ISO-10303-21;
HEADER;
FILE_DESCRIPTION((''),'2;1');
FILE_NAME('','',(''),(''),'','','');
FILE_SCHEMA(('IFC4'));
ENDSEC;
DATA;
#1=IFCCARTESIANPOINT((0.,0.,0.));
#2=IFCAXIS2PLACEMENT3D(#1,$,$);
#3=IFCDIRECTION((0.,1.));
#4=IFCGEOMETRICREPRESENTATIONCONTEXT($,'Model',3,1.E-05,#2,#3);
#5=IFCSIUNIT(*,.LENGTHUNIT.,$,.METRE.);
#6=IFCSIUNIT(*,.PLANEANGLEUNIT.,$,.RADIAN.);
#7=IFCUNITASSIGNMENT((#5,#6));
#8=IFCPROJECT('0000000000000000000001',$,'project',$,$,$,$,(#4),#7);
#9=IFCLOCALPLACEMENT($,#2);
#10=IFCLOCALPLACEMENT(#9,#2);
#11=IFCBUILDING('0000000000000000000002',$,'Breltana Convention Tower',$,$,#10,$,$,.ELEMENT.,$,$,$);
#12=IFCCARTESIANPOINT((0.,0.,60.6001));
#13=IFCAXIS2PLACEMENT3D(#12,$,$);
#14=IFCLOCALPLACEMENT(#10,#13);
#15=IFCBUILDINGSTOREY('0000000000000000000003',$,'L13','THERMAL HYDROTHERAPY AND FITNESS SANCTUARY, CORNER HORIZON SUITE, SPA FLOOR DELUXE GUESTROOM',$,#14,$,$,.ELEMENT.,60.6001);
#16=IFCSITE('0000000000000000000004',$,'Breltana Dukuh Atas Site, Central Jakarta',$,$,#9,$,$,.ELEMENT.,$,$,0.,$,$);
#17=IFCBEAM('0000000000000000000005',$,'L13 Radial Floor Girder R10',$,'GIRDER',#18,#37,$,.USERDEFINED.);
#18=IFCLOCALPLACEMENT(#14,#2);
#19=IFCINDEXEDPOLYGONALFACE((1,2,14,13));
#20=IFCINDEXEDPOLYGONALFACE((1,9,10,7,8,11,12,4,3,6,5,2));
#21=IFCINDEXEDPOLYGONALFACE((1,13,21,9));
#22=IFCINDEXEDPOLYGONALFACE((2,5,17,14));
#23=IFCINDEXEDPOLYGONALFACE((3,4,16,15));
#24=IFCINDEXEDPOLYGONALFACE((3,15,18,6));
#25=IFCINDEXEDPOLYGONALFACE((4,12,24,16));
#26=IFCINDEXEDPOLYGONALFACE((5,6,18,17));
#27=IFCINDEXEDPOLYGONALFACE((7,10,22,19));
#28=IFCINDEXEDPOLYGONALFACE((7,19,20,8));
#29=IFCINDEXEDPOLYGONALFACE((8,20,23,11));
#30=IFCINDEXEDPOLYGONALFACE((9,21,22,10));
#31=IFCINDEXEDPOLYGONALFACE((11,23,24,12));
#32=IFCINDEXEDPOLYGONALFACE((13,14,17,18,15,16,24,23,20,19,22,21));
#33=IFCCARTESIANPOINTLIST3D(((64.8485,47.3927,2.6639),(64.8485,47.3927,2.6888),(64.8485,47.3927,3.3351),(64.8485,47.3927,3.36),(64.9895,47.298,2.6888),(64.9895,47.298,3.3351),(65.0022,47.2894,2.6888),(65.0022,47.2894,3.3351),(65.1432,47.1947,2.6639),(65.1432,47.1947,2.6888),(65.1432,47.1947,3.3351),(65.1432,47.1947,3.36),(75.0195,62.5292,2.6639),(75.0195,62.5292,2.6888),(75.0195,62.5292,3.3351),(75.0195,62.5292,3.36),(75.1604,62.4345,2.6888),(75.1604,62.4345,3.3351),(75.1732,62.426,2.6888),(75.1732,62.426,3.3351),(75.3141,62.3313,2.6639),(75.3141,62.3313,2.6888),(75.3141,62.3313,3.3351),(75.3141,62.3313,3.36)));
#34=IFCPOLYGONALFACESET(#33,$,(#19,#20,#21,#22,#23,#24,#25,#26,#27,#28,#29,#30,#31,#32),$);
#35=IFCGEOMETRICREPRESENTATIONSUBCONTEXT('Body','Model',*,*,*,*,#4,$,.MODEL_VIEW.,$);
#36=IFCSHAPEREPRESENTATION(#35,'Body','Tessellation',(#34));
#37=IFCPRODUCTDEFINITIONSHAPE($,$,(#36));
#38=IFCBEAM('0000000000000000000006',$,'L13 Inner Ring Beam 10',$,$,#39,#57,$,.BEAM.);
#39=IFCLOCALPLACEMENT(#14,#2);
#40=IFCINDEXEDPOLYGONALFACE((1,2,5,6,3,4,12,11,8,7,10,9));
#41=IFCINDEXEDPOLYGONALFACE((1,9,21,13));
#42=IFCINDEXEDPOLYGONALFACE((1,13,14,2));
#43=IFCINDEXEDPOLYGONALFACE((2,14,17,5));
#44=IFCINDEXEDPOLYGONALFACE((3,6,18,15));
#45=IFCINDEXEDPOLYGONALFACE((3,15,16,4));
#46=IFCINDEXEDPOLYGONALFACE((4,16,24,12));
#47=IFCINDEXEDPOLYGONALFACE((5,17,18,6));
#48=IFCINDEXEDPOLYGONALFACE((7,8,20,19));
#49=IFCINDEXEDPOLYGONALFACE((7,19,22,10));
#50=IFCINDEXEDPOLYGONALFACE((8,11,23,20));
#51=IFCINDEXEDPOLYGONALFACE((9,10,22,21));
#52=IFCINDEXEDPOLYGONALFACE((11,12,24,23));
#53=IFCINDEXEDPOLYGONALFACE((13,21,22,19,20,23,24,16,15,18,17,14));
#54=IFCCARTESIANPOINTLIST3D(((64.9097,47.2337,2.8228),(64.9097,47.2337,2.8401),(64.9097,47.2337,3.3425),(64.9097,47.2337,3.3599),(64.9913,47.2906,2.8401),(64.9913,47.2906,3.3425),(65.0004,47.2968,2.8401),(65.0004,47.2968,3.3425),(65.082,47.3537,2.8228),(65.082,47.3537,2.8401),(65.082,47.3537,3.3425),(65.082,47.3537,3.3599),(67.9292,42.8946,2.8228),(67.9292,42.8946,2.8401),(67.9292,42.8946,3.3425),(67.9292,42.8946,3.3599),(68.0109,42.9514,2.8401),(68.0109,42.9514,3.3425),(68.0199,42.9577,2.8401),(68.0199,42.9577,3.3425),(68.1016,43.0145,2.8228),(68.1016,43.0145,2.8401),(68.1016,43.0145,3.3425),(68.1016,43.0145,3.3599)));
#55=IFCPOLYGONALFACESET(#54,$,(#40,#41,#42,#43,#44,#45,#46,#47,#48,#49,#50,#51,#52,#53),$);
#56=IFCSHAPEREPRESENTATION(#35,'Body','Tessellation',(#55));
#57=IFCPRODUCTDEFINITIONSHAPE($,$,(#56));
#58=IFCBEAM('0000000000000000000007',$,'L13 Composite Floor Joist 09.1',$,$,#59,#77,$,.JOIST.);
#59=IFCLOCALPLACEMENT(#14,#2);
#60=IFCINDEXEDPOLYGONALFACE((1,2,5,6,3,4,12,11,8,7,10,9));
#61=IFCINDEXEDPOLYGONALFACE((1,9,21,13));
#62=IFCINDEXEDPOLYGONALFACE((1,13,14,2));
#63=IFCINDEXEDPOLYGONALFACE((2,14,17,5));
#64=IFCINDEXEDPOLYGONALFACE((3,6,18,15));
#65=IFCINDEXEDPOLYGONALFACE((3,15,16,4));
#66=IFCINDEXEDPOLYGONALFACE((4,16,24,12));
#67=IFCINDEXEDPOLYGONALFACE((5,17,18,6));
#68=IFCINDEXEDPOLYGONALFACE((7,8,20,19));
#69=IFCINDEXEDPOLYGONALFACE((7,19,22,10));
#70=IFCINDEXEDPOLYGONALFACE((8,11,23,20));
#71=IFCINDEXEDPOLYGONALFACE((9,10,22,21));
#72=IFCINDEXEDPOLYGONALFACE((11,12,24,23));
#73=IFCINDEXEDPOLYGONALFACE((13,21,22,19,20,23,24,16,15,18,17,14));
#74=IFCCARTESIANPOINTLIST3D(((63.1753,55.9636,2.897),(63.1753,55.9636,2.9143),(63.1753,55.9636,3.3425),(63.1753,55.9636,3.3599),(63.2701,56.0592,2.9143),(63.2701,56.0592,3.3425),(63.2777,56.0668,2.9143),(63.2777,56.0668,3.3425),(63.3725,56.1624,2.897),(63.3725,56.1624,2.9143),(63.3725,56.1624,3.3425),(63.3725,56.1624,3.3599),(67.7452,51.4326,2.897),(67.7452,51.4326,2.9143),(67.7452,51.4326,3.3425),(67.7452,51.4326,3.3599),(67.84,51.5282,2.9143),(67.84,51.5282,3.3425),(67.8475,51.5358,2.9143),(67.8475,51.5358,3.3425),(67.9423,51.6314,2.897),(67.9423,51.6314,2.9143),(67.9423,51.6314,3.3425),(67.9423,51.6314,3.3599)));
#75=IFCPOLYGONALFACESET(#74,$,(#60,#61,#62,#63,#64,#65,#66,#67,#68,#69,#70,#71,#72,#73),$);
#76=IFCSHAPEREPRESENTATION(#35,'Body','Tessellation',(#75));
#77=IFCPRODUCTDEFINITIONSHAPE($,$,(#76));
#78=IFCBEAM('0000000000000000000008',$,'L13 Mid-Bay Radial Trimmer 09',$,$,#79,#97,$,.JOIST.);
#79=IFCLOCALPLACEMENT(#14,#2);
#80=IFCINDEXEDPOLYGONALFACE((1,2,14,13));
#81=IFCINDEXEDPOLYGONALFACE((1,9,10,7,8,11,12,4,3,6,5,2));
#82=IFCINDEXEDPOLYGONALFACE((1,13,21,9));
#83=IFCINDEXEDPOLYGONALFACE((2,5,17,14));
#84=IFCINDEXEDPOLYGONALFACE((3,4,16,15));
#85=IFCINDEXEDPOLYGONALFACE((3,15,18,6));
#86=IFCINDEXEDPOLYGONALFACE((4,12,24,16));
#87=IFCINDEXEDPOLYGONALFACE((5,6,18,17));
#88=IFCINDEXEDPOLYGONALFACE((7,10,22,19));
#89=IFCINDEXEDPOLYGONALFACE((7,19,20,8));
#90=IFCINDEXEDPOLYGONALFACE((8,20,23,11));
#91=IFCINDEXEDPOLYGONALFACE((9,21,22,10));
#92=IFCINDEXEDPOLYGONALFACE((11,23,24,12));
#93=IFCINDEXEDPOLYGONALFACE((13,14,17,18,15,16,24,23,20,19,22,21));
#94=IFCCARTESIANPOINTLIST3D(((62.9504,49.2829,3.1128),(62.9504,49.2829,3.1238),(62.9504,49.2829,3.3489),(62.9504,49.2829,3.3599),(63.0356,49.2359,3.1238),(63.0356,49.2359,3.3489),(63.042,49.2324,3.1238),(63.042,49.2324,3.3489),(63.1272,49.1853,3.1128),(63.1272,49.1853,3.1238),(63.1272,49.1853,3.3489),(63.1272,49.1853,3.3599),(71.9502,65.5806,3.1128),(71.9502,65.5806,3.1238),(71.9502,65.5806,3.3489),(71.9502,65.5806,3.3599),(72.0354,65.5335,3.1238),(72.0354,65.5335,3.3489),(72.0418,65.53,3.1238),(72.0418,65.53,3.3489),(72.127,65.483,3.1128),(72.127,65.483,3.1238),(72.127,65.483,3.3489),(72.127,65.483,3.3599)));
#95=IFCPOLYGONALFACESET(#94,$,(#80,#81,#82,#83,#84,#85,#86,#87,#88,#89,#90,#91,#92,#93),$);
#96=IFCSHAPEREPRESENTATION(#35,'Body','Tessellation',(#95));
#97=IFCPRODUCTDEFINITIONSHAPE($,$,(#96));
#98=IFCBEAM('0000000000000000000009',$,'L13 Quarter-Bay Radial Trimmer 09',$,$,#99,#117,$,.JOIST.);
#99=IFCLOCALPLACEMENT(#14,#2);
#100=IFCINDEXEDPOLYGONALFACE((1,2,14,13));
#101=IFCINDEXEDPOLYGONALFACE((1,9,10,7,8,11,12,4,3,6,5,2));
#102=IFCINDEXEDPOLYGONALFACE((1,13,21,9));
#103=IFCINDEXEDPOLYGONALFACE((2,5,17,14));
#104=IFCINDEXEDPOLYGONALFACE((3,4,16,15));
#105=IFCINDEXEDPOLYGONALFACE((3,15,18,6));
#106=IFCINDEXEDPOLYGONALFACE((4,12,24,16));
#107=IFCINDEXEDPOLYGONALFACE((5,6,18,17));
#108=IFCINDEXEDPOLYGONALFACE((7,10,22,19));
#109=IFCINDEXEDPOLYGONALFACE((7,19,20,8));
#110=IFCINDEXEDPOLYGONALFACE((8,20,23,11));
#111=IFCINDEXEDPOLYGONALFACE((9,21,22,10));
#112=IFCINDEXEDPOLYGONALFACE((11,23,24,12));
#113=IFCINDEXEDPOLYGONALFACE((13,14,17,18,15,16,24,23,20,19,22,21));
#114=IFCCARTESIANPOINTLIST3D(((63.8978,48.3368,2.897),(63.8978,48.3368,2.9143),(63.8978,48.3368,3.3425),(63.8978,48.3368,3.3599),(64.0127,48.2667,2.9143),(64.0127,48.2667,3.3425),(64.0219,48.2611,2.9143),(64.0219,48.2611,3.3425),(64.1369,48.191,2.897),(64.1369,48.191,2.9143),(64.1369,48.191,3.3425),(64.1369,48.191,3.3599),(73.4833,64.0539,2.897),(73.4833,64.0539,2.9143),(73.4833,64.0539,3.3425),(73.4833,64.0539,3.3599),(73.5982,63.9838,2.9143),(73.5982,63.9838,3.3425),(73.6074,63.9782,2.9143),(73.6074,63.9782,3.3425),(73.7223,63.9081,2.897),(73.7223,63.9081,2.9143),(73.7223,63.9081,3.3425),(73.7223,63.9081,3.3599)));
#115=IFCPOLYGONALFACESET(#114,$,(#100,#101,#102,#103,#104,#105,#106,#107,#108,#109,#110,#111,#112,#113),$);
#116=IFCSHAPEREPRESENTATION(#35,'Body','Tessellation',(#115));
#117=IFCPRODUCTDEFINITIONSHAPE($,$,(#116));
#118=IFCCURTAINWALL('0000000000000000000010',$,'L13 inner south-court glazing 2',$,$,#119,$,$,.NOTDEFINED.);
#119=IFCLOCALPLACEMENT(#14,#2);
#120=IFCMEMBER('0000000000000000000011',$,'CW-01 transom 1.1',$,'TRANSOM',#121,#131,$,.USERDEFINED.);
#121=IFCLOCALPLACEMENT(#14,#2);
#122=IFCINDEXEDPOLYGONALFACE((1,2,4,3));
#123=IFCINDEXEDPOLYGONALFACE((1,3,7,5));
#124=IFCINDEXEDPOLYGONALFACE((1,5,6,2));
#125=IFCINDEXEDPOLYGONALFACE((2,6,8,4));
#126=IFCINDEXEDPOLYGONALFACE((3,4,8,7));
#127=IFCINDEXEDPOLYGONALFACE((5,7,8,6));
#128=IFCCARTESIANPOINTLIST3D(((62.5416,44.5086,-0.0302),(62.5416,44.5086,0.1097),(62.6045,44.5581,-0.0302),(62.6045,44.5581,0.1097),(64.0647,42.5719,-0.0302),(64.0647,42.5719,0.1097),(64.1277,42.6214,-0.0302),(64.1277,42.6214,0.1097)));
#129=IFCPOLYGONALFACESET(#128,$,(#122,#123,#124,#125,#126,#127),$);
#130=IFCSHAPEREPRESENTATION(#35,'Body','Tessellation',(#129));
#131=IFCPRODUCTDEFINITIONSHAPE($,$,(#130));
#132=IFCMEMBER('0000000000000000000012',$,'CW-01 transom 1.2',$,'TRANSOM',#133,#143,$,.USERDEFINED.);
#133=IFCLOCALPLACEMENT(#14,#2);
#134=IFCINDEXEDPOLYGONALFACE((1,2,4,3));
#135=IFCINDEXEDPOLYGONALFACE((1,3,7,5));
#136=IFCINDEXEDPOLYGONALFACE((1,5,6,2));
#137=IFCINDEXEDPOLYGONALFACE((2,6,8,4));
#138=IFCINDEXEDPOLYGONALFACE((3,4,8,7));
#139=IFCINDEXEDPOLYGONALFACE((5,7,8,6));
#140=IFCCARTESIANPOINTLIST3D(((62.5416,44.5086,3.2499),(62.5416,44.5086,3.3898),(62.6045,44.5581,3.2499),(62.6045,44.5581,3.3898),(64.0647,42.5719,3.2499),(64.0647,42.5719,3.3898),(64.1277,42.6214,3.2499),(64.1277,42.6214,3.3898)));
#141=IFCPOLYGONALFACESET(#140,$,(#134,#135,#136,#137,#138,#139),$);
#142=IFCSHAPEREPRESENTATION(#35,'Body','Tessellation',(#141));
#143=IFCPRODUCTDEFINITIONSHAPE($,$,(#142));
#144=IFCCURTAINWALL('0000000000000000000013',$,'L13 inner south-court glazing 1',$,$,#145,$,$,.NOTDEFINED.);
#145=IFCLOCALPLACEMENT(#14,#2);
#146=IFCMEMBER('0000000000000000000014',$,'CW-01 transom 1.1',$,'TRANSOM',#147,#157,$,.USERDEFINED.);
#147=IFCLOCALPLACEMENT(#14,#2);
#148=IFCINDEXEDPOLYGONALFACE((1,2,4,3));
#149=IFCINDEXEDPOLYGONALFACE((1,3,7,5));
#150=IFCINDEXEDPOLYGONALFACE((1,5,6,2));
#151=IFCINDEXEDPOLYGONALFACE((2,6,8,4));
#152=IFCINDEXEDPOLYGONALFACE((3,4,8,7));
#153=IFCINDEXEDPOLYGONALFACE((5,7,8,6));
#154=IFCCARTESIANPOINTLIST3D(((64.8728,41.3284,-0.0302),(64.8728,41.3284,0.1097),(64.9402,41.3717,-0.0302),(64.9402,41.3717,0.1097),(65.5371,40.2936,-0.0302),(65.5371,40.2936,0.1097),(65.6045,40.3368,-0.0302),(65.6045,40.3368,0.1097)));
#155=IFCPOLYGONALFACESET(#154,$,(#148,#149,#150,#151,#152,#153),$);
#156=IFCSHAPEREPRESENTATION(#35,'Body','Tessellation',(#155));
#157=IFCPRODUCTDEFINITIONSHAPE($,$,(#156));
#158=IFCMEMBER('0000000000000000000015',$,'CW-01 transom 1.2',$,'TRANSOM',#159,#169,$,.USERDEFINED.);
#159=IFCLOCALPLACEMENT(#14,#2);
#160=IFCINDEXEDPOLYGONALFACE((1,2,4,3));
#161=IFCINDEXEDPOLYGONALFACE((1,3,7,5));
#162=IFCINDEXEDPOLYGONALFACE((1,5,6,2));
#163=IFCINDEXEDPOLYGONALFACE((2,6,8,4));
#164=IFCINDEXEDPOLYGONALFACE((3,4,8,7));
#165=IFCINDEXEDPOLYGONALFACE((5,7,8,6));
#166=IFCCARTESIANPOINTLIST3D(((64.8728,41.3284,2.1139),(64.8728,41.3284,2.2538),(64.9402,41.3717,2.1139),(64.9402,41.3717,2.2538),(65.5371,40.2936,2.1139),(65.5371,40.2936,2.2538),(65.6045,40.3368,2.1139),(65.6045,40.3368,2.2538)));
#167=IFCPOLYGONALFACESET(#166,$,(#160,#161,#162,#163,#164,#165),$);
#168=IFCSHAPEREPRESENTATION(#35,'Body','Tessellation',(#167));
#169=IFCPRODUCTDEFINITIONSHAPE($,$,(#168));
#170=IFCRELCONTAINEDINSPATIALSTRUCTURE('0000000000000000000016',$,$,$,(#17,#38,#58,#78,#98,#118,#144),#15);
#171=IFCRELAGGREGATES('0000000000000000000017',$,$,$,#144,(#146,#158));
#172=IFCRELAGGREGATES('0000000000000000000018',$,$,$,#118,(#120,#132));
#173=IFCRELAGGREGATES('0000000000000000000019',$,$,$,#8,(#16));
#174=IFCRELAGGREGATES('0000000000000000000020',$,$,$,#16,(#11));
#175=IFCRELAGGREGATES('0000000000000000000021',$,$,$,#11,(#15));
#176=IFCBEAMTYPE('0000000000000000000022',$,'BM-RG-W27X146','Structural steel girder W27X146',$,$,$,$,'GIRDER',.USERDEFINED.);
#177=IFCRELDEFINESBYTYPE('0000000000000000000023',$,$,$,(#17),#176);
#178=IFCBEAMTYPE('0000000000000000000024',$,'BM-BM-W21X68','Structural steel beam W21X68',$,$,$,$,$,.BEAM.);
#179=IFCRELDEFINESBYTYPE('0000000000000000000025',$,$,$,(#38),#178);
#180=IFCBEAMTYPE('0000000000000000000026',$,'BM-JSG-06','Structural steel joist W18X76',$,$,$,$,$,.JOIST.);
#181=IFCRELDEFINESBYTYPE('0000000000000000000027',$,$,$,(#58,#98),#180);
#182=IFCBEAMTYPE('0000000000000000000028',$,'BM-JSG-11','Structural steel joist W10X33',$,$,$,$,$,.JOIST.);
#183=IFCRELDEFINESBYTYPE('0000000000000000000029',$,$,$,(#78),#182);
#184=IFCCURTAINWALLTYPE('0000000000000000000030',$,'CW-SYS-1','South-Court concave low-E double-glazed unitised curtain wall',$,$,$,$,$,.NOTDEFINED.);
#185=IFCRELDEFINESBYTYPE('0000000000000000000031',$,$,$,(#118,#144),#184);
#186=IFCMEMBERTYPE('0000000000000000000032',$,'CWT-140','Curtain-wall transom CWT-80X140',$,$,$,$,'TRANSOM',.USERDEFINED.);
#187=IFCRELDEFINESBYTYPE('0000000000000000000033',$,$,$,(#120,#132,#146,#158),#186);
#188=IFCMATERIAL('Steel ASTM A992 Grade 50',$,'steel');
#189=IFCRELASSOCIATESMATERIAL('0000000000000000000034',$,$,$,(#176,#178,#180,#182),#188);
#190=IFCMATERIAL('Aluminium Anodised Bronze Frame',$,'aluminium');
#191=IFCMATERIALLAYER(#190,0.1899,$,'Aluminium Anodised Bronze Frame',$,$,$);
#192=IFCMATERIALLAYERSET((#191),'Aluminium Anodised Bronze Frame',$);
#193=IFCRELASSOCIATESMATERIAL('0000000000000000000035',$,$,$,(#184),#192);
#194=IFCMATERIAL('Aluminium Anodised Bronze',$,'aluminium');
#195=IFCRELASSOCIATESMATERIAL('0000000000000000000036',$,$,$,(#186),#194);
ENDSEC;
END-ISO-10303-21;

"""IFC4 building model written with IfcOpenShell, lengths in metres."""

from ifc_helpers import new_model, si_unit, direction, frame, origin, origin_2d, place, context, subcontext, project, spatial, rectangle, i_section, extrude, source, transform, mapped, material, layer, layer_set, material_profile, profile_set, type_object, element, aggregate, save


model = new_model("IFC4")

# Units and contexts
model_context = context("Model", 3, precision=1e-05, world=origin(), true_north=direction((0.0, 1.0)))
body_context = subcontext(model_context, "Body", "Model", "MODEL_VIEW")
ifc_project = project(units=[si_unit("LENGTHUNIT", "METRE"), si_unit("PLANEANGLEUNIT", "RADIAN")], contexts=[model_context])

# Site, building, storey
site_placement = place(None, origin())
site = spatial("IfcSite", under=ifc_project, at=site_placement, Name="Breltana Dukuh Atas Site, Central Jakarta", CompositionType="ELEMENT", RefElevation=0.0)
building_placement = place(site_placement, origin())
building = spatial("IfcBuilding", under=site, at=building_placement, Name="Breltana Convention Tower", CompositionType="ELEMENT")
storey_placement = place(building_placement, frame((0.0, 0.0, 60.6001)))
storey = spatial("IfcBuildingStorey", under=building, at=storey_placement, Name="L13", Description="THERMAL HYDROTHERAPY AND FITNESS SANCTUARY, CORNER HORIZON SUITE, SPA FLOOR DELUXE GUESTROOM", CompositionType="ELEMENT", Elevation=60.6001)

# Beams
ifc_material_1 = material(Name="Steel ASTM A992 Grade 50", Category="steel")
ifc_material_profile_1 = material_profile(ifc_material_1, i_section(OverallWidth=0.355, OverallDepth=0.696, WebThickness=0.0154, FlangeThickness=0.0249, at=origin_2d()), Name="W27X146")
ifc_profile_set_1 = profile_set([ifc_material_profile_1], Name="Steel ASTM A992 Grade 50")
beam_type_1 = type_object("IfcBeamType", Name="BM-RG-W27X146", Description="Structural steel girder W27X146", ElementType="GIRDER", PredefinedType="USERDEFINED", material=ifc_profile_set_1)
shared_shape_1 = source(origin(), body_context, "Body", "SweptSolid", [
    extrude(i_section(OverallWidth=0.355, OverallDepth=0.696, WebThickness=0.0154, FlangeThickness=0.0249, at=origin_2d()), origin(), (0.0, 0.0, 1.0), 18.2363),
])
beam_1_placement = place(storey_placement, frame((64.9958, 47.2937, 3.012), z_axis=(0.55773, 0.830022, 0.0), x_axis=(-0.830022, 0.55773, 0.0)))
element("IfcBeam", 1, at=beam_1_placement, inside=storey, type_object=beam_type_1, Name="L13 Radial Floor Girder R10", ObjectType="GIRDER", PredefinedType="USERDEFINED", context=body_context, shape_type="MappedRepresentation", body=[
    mapped(shared_shape_1, transform((0.0, 0.0, 0.0), scale=1.0)),
])
ifc_material_profile_2 = material_profile(ifc_material_1, i_section(OverallWidth=0.21, OverallDepth=0.5371, WebThickness=0.011, FlangeThickness=0.0173, at=origin_2d()), Name="W21X68")
ifc_profile_set_2 = profile_set([ifc_material_profile_2], Name="Steel ASTM A992 Grade 50")
beam_type_2 = type_object("IfcBeamType", Name="BM-BM-W21X68", Description="Structural steel beam W21X68", PredefinedType="BEAM", material=ifc_profile_set_2)
shared_shape_2 = source(origin(), body_context, "Body", "SweptSolid", [
    extrude(i_section(OverallWidth=0.21, OverallDepth=0.5371, WebThickness=0.011, FlangeThickness=0.0173, at=origin_2d()), origin(), (0.0, 0.0, 1.0), 5.2864),
])
beam_2_placement = place(storey_placement, frame((64.9958, 47.2937, 3.0913), z_axis=(0.571194, -0.820815, 0.0), x_axis=(0.820815, 0.571194, 0.0)))
element("IfcBeam", 2, at=beam_2_placement, inside=storey, type_object=beam_type_2, Name="L13 Inner Ring Beam 10", PredefinedType="BEAM", context=body_context, shape_type="MappedRepresentation", body=[
    mapped(shared_shape_2, transform((0.0, 0.0, 0.0), scale=1.0)),
])
ifc_material_profile_3 = material_profile(ifc_material_1, i_section(OverallWidth=0.28, OverallDepth=0.4629, WebThickness=0.0107, FlangeThickness=0.0173, at=origin_2d()), Name="W18X76")
ifc_profile_set_3 = profile_set([ifc_material_profile_3], Name="Steel ASTM A992 Grade 50")
beam_type_3 = type_object("IfcBeamType", Name="BM-JSG-06", Description="Structural steel joist W18X76", PredefinedType="JOIST", material=ifc_profile_set_3)
shared_shape_3 = source(origin(), body_context, "Body", "SweptSolid", [
    extrude(i_section(OverallWidth=0.28, OverallDepth=0.4629, WebThickness=0.0107, FlangeThickness=0.0173, at=origin_2d()), origin(), (0.0, 0.0, 1.0), 6.4353),
])
beam_3_placement = place(storey_placement, frame((63.2739, 56.063, 3.1284), z_axis=(0.710116, -0.704084, 0.0), x_axis=(0.704084, 0.710116, 0.0)))
element("IfcBeam", 3, at=beam_3_placement, inside=storey, type_object=beam_type_3, Name="L13 Composite Floor Joist 09.1", PredefinedType="JOIST", context=body_context, shape_type="MappedRepresentation", body=[
    mapped(shared_shape_3, transform((0.0, 0.0, 0.0), scale=1.0)),
])
ifc_material_profile_4 = material_profile(ifc_material_1, i_section(OverallWidth=0.2019, OverallDepth=0.2471, WebThickness=0.0073, FlangeThickness=0.011, at=origin_2d()), Name="W10X33")
ifc_profile_set_4 = profile_set([ifc_material_profile_4], Name="Steel ASTM A992 Grade 50")
beam_type_4 = type_object("IfcBeamType", Name="BM-JSG-11", Description="Structural steel joist W10X33", PredefinedType="JOIST", material=ifc_profile_set_4)
shared_shape_4 = source(origin(), body_context, "Body", "SweptSolid", [
    extrude(i_section(OverallWidth=0.2019, OverallDepth=0.2471, WebThickness=0.0073, FlangeThickness=0.011, at=origin_2d()), origin(), (0.0, 0.0, 1.0), 18.6174),
])
beam_4_placement = place(storey_placement, frame((63.0388, 49.2341, 3.2363), z_axis=(0.483406, 0.875396, 0.0), x_axis=(-0.875396, 0.483406, 0.0)))
element("IfcBeam", 4, at=beam_4_placement, inside=storey, type_object=beam_type_4, Name="L13 Mid-Bay Radial Trimmer 09", PredefinedType="JOIST", context=body_context, shape_type="MappedRepresentation", body=[
    mapped(shared_shape_4, transform((0.0, 0.0, 0.0), scale=1.0)),
])
shared_shape_5 = source(origin(), body_context, "Body", "SweptSolid", [
    extrude(i_section(OverallWidth=0.28, OverallDepth=0.4629, WebThickness=0.0107, FlangeThickness=0.0173, at=origin_2d()), origin(), (0.0, 0.0, 1.0), 18.4094),
])
beam_5_placement = place(storey_placement, frame((64.0173, 48.2639, 3.1284), z_axis=(0.520682, 0.853751, 0.0), x_axis=(-0.853751, 0.520682, 0.0)))
element("IfcBeam", 5, at=beam_5_placement, inside=storey, type_object=beam_type_3, Name="L13 Quarter-Bay Radial Trimmer 09", PredefinedType="JOIST", context=body_context, shape_type="MappedRepresentation", body=[
    mapped(shared_shape_5, transform((0.0, 0.0, 0.0), scale=1.0)),
])

# Curtain walls, members
ifc_material_2 = material(Name="Aluminium Anodised Bronze Frame", Category="aluminium")
ifc_layer_1 = layer(ifc_material_2, 0.1899, Name="Aluminium Anodised Bronze Frame")
ifc_layer_set_1 = layer_set([ifc_layer_1], Name="Aluminium Anodised Bronze Frame")
curtain_wall_type = type_object("IfcCurtainWallType", Name="CW-SYS-1", Description="South-Court concave low-E double-glazed unitised curtain wall", PredefinedType="NOTDEFINED", material=ifc_layer_set_1)
curtain_wall_1_placement = place(storey_placement, origin())
curtain_wall_1 = element("IfcCurtainWall", 6, at=curtain_wall_1_placement, inside=storey, type_object=curtain_wall_type, Name="L13 inner south-court glazing 2", PredefinedType="NOTDEFINED")
ifc_material_3 = material(Name="Aluminium Anodised Bronze", Category="aluminium")
ifc_material_profile_5 = material_profile(ifc_material_3, rectangle(XDim=0.0801, YDim=0.1399, at=origin_2d()), Name="CWT-80X140")
ifc_profile_set_5 = profile_set([ifc_material_profile_5], Name="Aluminium Anodised Bronze")
member_type_1 = type_object("IfcMemberType", Name="CWT-140", Description="Curtain-wall transom CWT-80X140", ElementType="TRANSOM", PredefinedType="USERDEFINED", material=ifc_profile_set_5)
shared_shape_6 = source(origin(), body_context, "Body", "SweptSolid", [
    extrude(rectangle(XDim=0.0801, YDim=0.1399, at=origin_2d()), origin(), (0.0, 0.0, 1.0), 2.4639),
])
member_1_placement = place(storey_placement, frame((64.0962, 42.5967, 0.0398), z_axis=(-0.618185, 0.786033, 0.0), x_axis=(-0.786033, -0.618185, 0.0)))
member_1 = element("IfcMember", 7, at=member_1_placement, type_object=member_type_1, Name="CW-01 transom 1.1", ObjectType="TRANSOM", PredefinedType="USERDEFINED", context=body_context, shape_type="MappedRepresentation", body=[
    mapped(shared_shape_6, transform((0.0, 0.0, 0.0), scale=1.0)),
])
member_2_placement = place(storey_placement, frame((64.0962, 42.5967, 3.3198), z_axis=(-0.618185, 0.786033, 0.0), x_axis=(-0.786033, -0.618185, 0.0)))
member_2 = element("IfcMember", 8, at=member_2_placement, type_object=member_type_1, Name="CW-01 transom 1.2", ObjectType="TRANSOM", PredefinedType="USERDEFINED", context=body_context, shape_type="MappedRepresentation", body=[
    mapped(shared_shape_6, transform((0.0, 0.0, 0.0), scale=1.0)),
])
curtain_wall_2_placement = place(storey_placement, origin())
curtain_wall_2 = element("IfcCurtainWall", 9, at=curtain_wall_2_placement, inside=storey, type_object=curtain_wall_type, Name="L13 inner south-court glazing 1", PredefinedType="NOTDEFINED")
shared_shape_7 = source(origin(), body_context, "Body", "SweptSolid", [
    extrude(rectangle(XDim=0.0801, YDim=0.1399, at=origin_2d()), origin(), (0.0, 0.0, 1.0), 1.2297),
])
member_3_placement = place(storey_placement, frame((65.5708, 40.3152, 0.0398), z_axis=(-0.540186, 0.841546, 0.0), x_axis=(-0.841546, -0.540186, 0.0)))
member_3 = element("IfcMember", 10, at=member_3_placement, type_object=member_type_1, Name="CW-01 transom 1.1", ObjectType="TRANSOM", PredefinedType="USERDEFINED", context=body_context, shape_type="MappedRepresentation", body=[
    mapped(shared_shape_7, transform((0.0, 0.0, 0.0), scale=1.0)),
])
member_4_placement = place(storey_placement, frame((65.5708, 40.3152, 2.1838), z_axis=(-0.540186, 0.841546, 0.0), x_axis=(-0.841546, -0.540186, 0.0)))
member_4 = element("IfcMember", 11, at=member_4_placement, type_object=member_type_1, Name="CW-01 transom 1.2", ObjectType="TRANSOM", PredefinedType="USERDEFINED", context=body_context, shape_type="MappedRepresentation", body=[
    mapped(shared_shape_7, transform((0.0, 0.0, 0.0), scale=1.0)),
])

aggregate(curtain_wall_2, [member_3, member_4])
aggregate(curtain_wall_1, [member_1, member_2])

save(model, "model.ifc")
